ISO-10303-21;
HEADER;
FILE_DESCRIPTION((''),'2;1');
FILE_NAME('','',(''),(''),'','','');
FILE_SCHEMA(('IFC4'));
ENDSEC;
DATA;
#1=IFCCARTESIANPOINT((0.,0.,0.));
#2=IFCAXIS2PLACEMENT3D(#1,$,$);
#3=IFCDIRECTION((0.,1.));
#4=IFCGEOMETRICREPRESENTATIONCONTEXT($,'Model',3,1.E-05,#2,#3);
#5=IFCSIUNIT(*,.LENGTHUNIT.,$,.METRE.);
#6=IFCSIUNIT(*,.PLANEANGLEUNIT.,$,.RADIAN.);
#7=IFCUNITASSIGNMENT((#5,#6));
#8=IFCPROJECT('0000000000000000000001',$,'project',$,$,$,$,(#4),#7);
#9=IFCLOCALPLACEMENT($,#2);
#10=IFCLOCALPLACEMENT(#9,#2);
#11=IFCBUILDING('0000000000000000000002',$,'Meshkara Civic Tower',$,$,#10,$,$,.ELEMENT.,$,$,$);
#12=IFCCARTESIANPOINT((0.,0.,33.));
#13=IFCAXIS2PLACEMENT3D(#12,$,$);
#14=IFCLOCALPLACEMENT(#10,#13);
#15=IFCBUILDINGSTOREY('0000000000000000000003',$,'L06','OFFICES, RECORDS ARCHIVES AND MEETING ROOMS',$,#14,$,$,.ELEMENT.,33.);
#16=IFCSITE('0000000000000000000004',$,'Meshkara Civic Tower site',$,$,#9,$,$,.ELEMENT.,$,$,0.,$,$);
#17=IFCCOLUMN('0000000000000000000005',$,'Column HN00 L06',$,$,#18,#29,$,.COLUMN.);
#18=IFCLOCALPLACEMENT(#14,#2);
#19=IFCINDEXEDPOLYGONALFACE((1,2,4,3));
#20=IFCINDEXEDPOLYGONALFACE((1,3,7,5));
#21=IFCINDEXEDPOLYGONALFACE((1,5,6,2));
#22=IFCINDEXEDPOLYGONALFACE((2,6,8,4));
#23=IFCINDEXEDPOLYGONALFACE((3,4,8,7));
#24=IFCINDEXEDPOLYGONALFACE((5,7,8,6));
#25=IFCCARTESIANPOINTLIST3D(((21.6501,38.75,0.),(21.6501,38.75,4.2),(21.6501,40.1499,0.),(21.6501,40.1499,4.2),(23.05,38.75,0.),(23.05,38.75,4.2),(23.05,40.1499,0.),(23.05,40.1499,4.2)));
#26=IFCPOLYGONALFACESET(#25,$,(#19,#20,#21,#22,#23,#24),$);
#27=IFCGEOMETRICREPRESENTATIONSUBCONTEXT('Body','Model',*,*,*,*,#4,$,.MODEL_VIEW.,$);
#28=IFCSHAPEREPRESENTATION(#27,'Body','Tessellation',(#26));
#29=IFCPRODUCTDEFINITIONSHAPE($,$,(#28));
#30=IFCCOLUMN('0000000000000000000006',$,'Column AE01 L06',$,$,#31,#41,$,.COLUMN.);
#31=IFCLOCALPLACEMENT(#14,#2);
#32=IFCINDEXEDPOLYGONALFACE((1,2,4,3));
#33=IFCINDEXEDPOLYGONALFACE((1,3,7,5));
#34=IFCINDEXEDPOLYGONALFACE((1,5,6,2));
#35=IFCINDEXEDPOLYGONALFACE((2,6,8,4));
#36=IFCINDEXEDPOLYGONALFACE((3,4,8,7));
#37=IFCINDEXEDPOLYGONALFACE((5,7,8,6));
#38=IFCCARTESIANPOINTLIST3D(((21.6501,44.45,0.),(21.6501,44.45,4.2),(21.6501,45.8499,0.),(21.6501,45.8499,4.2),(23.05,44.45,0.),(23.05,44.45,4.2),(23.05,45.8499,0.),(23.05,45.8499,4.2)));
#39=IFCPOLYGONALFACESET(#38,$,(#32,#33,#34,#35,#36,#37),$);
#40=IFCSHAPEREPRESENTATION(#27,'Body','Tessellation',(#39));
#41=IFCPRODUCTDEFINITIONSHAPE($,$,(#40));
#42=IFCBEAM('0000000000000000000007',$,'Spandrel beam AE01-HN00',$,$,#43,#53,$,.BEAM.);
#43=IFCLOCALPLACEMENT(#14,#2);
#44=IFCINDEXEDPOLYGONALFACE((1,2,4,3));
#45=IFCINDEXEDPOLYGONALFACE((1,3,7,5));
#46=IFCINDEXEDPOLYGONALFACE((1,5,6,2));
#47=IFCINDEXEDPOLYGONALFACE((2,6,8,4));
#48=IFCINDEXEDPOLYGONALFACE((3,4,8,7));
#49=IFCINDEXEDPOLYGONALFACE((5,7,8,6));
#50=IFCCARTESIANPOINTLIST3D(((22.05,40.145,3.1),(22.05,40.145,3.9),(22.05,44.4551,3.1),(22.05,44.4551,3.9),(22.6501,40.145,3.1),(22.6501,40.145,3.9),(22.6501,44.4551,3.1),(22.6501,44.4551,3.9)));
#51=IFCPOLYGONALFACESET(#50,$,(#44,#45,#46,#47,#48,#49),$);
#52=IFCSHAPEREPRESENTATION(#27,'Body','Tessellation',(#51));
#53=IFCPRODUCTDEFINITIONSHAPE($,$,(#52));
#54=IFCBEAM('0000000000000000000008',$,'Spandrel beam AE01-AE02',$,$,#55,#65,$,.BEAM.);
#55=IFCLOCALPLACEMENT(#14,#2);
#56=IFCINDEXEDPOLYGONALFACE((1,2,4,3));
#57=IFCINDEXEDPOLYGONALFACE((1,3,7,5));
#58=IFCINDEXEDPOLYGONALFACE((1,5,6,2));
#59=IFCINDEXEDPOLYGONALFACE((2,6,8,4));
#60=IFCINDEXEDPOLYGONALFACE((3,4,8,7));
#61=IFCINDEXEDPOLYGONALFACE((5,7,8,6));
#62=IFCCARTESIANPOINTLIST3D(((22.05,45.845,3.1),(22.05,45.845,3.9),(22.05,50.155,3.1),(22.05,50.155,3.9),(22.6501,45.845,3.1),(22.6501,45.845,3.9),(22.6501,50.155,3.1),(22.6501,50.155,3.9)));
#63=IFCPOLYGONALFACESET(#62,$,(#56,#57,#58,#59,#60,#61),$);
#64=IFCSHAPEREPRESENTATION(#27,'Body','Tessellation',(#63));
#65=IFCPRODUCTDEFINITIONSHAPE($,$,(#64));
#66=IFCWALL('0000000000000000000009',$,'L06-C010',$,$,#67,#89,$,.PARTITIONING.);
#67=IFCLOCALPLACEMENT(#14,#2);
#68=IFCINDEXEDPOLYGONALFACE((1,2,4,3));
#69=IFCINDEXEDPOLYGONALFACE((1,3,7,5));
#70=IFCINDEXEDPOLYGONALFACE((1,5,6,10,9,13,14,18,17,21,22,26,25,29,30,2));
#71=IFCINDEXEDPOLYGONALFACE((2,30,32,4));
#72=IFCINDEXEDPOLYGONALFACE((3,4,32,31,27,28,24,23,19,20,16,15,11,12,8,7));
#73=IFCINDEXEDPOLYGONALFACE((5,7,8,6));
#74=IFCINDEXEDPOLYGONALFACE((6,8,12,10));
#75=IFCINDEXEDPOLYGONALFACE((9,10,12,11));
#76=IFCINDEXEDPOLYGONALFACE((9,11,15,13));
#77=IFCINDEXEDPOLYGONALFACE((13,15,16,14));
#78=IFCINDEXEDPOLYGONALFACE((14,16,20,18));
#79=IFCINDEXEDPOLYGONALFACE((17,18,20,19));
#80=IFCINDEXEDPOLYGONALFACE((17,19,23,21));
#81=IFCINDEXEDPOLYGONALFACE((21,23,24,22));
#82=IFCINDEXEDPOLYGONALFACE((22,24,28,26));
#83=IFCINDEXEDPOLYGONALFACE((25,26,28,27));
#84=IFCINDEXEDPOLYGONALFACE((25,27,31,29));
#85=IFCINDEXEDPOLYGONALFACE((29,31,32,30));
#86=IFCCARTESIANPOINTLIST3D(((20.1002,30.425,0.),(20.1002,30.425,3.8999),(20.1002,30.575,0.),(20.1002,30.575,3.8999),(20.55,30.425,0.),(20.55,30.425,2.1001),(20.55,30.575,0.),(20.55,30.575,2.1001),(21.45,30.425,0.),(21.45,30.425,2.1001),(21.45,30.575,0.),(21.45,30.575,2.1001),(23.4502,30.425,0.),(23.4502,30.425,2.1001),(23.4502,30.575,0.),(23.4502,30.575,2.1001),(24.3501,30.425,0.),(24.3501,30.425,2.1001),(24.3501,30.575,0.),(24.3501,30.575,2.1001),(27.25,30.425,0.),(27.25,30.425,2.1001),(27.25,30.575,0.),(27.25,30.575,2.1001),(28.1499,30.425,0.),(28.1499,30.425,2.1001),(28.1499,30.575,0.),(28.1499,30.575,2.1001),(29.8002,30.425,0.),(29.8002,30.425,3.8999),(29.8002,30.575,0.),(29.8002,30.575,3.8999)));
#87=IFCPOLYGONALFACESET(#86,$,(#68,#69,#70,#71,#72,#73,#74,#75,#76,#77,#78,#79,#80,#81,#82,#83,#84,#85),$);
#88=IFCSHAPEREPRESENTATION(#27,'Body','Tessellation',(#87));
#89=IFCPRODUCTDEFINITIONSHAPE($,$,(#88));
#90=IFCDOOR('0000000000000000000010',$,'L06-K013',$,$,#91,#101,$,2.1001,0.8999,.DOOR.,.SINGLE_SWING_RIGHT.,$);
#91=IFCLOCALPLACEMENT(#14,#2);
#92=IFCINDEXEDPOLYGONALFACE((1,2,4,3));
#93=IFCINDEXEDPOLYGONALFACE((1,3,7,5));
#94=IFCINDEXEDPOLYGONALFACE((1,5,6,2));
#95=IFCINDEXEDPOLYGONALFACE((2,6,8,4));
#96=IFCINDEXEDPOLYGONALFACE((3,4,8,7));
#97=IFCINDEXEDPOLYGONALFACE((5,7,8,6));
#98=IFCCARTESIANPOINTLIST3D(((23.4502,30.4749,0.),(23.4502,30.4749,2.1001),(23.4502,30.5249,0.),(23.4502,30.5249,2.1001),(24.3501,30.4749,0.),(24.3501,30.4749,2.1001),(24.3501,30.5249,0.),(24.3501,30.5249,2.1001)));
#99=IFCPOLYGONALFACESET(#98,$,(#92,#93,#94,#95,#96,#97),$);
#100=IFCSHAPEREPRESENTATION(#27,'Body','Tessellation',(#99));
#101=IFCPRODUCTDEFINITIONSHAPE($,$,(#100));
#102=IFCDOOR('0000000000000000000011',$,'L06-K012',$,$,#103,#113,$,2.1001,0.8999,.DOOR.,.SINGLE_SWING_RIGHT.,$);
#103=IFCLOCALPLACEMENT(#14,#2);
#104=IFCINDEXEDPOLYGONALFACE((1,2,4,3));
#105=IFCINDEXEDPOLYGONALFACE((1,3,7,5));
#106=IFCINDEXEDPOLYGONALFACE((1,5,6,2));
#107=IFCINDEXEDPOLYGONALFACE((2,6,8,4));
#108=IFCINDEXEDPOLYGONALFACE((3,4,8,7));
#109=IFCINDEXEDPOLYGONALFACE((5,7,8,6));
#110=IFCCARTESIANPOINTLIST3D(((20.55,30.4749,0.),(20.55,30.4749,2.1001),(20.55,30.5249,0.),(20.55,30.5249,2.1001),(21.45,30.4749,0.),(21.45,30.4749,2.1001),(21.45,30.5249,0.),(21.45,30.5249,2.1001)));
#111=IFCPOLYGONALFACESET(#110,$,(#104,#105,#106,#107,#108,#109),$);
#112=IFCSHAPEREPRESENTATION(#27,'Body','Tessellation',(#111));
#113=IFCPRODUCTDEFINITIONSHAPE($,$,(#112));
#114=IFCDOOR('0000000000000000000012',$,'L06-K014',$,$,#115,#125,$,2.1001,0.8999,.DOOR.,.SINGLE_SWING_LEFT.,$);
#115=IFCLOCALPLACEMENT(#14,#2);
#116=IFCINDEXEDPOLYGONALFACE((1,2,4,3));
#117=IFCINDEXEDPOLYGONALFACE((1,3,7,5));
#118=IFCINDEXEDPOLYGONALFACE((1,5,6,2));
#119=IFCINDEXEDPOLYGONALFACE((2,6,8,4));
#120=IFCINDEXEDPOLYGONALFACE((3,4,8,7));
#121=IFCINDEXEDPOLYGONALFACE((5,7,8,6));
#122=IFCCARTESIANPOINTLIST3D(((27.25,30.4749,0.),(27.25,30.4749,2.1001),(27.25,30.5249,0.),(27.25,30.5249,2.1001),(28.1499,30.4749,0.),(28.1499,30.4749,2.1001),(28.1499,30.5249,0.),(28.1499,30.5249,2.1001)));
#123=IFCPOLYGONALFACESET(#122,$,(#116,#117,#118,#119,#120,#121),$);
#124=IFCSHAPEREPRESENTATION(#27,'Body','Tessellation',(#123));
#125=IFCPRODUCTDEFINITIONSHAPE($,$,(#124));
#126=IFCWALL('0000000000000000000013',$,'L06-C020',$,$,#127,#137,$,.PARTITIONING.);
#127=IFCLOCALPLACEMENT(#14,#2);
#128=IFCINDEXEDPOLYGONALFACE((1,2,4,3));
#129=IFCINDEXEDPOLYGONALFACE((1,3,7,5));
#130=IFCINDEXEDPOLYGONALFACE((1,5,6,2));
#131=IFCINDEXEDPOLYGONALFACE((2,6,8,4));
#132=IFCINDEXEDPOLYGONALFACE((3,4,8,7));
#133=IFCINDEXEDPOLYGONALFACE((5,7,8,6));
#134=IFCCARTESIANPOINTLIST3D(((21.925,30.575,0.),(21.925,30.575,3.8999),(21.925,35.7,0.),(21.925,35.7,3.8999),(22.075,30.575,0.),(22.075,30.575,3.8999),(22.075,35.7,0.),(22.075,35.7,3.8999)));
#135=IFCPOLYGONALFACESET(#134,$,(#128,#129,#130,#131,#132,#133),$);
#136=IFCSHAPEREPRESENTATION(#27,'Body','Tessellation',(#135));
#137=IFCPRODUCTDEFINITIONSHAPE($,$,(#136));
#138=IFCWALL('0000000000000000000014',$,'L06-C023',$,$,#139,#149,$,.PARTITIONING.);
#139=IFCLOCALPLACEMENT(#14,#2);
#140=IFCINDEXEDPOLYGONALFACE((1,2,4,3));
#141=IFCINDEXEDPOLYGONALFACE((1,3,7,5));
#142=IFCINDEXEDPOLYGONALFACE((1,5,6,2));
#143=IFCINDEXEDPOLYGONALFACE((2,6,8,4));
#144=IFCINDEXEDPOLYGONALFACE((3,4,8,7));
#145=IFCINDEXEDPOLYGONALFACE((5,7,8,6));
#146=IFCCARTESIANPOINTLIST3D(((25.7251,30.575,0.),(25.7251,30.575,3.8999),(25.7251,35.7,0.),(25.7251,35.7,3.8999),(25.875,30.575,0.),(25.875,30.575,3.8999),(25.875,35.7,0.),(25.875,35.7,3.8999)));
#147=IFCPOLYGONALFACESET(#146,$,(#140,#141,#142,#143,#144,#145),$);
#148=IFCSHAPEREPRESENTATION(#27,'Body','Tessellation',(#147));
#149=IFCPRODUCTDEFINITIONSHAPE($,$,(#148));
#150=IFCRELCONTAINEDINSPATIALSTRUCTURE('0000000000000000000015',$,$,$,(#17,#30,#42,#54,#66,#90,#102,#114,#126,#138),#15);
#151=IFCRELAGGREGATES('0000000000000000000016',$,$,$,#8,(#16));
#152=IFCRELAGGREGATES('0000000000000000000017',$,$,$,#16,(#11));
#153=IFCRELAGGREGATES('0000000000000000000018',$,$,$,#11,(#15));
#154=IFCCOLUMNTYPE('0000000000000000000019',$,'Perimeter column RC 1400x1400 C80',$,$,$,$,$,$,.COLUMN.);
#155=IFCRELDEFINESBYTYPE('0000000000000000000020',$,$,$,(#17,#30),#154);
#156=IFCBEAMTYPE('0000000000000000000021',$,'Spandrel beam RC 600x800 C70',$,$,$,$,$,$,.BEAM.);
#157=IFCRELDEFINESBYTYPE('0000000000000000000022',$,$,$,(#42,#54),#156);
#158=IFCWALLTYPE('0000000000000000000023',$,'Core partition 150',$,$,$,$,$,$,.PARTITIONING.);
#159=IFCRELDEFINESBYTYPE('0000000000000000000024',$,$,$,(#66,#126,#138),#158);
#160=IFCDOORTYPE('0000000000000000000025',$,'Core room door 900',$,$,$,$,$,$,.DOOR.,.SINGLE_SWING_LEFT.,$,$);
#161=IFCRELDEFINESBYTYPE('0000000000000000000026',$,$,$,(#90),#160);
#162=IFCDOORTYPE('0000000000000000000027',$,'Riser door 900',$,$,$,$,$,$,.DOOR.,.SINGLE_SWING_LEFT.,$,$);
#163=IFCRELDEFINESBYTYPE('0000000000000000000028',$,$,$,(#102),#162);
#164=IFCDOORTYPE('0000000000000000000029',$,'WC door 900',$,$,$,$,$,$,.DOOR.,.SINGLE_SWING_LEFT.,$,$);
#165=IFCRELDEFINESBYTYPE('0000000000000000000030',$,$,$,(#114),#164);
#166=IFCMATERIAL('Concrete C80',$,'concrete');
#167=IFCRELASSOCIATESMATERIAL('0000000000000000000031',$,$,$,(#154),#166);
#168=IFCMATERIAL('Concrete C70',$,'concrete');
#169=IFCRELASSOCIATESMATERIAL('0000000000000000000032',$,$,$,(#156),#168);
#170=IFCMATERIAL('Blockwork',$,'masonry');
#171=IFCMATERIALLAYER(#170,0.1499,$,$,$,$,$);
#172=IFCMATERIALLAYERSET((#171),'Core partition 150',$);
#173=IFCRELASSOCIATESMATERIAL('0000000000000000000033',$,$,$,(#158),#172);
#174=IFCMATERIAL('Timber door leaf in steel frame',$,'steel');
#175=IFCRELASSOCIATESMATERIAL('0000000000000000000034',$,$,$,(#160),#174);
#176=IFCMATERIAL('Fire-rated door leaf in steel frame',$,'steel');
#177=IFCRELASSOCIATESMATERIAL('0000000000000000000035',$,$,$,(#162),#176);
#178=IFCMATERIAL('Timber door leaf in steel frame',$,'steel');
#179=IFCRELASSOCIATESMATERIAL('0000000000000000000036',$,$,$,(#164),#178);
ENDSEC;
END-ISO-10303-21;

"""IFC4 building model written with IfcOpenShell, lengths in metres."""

from ifc_helpers import new_model, si_unit, direction, frame, frame_2d, origin, origin_2d, place, context, subcontext, project, spatial, rectangle, extrude, material, layer, layer_set, material_profile, profile_set, type_object, element, fill, save


model = new_model("IFC4")

# Units and contexts
model_context = context("Model", 3, precision=1e-05, world=origin(), true_north=direction((0.0, 1.0)))
body_context = subcontext(model_context, "Body", "Model", "MODEL_VIEW")
ifc_project = project(units=[si_unit("LENGTHUNIT", "METRE"), si_unit("PLANEANGLEUNIT", "RADIAN")], contexts=[model_context])

# Site, building, storey
site_placement = place(None, origin())
site = spatial("IfcSite", under=ifc_project, at=site_placement, Name="Meshkara Civic Tower site", CompositionType="ELEMENT", RefElevation=0.0)
building_placement = place(site_placement, origin())
building = spatial("IfcBuilding", under=site, at=building_placement, Name="Meshkara Civic Tower", CompositionType="ELEMENT")
storey_placement = place(building_placement, frame((0.0, 0.0, 33.0)))
storey = spatial("IfcBuildingStorey", under=building, at=storey_placement, Name="L06", Description="OFFICES, RECORDS ARCHIVES AND MEETING ROOMS", CompositionType="ELEMENT", Elevation=33.0)

# Columns
ifc_material_1 = material(Name="Concrete C80", Category="concrete")
ifc_material_profile_1 = material_profile(ifc_material_1, rectangle(XDim=1.3999, YDim=1.3999, at=origin_2d()))
ifc_profile_set_1 = profile_set([ifc_material_profile_1], Name="Concrete C80")
column_type = type_object("IfcColumnType", Name="Perimeter column RC 1400x1400 C80", PredefinedType="COLUMN", material=ifc_profile_set_1)
for number, where, z_axis, x_axis, name in (
    (1, (22.3501, 39.45, 0.0), (0.0, 0.0, 1.0), (1.0, 0.0, 0.0), "Column HN00 L06"),
    (2, (22.3501, 45.1499, 0.0), (0.0, 0.0, 1.0), (1.0, 0.0, 0.0), "Column AE01 L06"),
):
    element("IfcColumn", number, at=place(storey_placement, frame(where, z_axis=z_axis, x_axis=x_axis)), inside=storey, type_object=column_type, Name=name, PredefinedType="COLUMN", context=body_context, shape_type="SweptSolid", body=[
        extrude(rectangle(XDim=1.3999, YDim=1.3999, at=origin_2d()), origin(), (0.0, 0.0, 1.0), 4.2),
    ])

# Beams
ifc_material_2 = material(Name="Concrete C70", Category="concrete")
ifc_material_profile_2 = material_profile(ifc_material_2, rectangle(XDim=0.6001, YDim=0.8, at=origin_2d()))
ifc_profile_set_2 = profile_set([ifc_material_profile_2], Name="Concrete C70")
beam_type = type_object("IfcBeamType", Name="Spandrel beam RC 600x800 C70", PredefinedType="BEAM", material=ifc_profile_set_2)
for number, where, z_axis, x_axis, name in (
    (3, (22.3501, 40.145, 3.5), (0.0, 1.0, 0.0), (-1.0, 0.0, 0.0), "Spandrel beam AE01-HN00"),
    (4, (22.3501, 45.845, 3.5), (0.0, 1.0, 0.0), (-1.0, 0.0, 0.0), "Spandrel beam AE01-AE02"),
):
    element("IfcBeam", number, at=place(storey_placement, frame(where, z_axis=z_axis, x_axis=x_axis)), inside=storey, type_object=beam_type, Name=name, PredefinedType="BEAM", context=body_context, shape_type="SweptSolid", body=[
        extrude(rectangle(XDim=0.6001, YDim=0.8, at=origin_2d()), origin(), (0.0, 0.0, 1.0), 4.3101),
    ])

# Wall, openings, doors
ifc_material_3 = material(Name="Blockwork", Category="masonry")
ifc_layer_1 = layer(ifc_material_3, 0.1499)
ifc_layer_set_1 = layer_set([ifc_layer_1], Name="Core partition 150")
wall_type_1 = type_object("IfcWallType", Name="Core partition 150", PredefinedType="PARTITIONING", material=ifc_layer_set_1)
wall_1_placement = place(storey_placement, frame((20.1001, 30.5, 0.0), z_axis=(0.0, 0.0, 1.0), x_axis=(1.0, 0.0, 0.0)))
wall_1 = element("IfcWall", 5, at=wall_1_placement, inside=storey, type_object=wall_type_1, Name="L06-C010", PredefinedType="PARTITIONING", context=body_context, shape_type="SweptSolid", body=[
    extrude(rectangle(XDim=9.7, YDim=0.1499, at=frame_2d((4.8501, 0.0))), origin(), (0.0, 0.0, 1.0), 3.8999),
])
opening_1_placement = place(wall_1_placement, frame((0.45, 0.0, 0.0)))
opening_1 = element("IfcOpeningElement", 6, at=opening_1_placement, cuts=wall_1, PredefinedType="OPENING", context=body_context, shape_type="SweptSolid", body=[
    extrude(rectangle(XDim=0.8999, YDim=2.1001, at=frame_2d((0.45, 1.05))), frame((0.0, 0.085, 0.0), z_axis=(0.0, -1.0, 0.0), x_axis=(1.0, 0.0, 0.0)), (0.0, 0.0, 1.0), 0.1699),
])
opening_2_placement = place(wall_1_placement, frame((3.3501, 0.0, 0.0)))
opening_2 = element("IfcOpeningElement", 7, at=opening_2_placement, cuts=wall_1, PredefinedType="OPENING", context=body_context, shape_type="SweptSolid", body=[
    extrude(rectangle(XDim=0.8999, YDim=2.1001, at=frame_2d((0.45, 1.05))), frame((0.0, 0.085, 0.0), z_axis=(0.0, -1.0, 0.0), x_axis=(1.0, 0.0, 0.0)), (0.0, 0.0, 1.0), 0.1699),
])
opening_3_placement = place(wall_1_placement, frame((7.1499, 0.0, 0.0)))
opening_3 = element("IfcOpeningElement", 8, at=opening_3_placement, cuts=wall_1, PredefinedType="OPENING", context=body_context, shape_type="SweptSolid", body=[
    extrude(rectangle(XDim=0.8999, YDim=2.1001, at=frame_2d((0.45, 1.05))), frame((0.0, 0.085, 0.0), z_axis=(0.0, -1.0, 0.0), x_axis=(1.0, 0.0, 0.0)), (0.0, 0.0, 1.0), 0.1699),
])
ifc_material_4 = material(Name="Timber door leaf in steel frame", Category="steel")
door_type_1 = type_object("IfcDoorType", Name="Core room door 900", OperationType="SINGLE_SWING_LEFT", PredefinedType="DOOR", material=ifc_material_4)
door_1_placement = place(opening_2_placement, origin())
door_1 = element("IfcDoor", 9, at=door_1_placement, inside=storey, type_object=door_type_1, Name="L06-K013", OperationType="SINGLE_SWING_RIGHT", OverallHeight=2.1001, OverallWidth=0.8999, PredefinedType="DOOR", context=body_context, shape_type="SweptSolid", body=[
    extrude(rectangle(XDim=0.8999, YDim=2.1001, at=frame_2d((0.45, 1.05))), frame((0.0, 0.0249, 0.0), z_axis=(0.0, -1.0, 0.0), x_axis=(1.0, 0.0, 0.0)), (0.0, 0.0, 1.0), 0.05),
])
fill(opening_2, door_1)
ifc_material_5 = material(Name="Fire-rated door leaf in steel frame", Category="steel")
door_type_2 = type_object("IfcDoorType", Name="Riser door 900", OperationType="SINGLE_SWING_LEFT", PredefinedType="DOOR", material=ifc_material_5)
door_2_placement = place(opening_1_placement, origin())
door_2 = element("IfcDoor", 10, at=door_2_placement, inside=storey, type_object=door_type_2, Name="L06-K012", OperationType="SINGLE_SWING_RIGHT", OverallHeight=2.1001, OverallWidth=0.8999, PredefinedType="DOOR", context=body_context, shape_type="SweptSolid", body=[
    extrude(rectangle(XDim=0.8999, YDim=2.1001, at=frame_2d((0.45, 1.05))), frame((0.0, 0.0249, 0.0), z_axis=(0.0, -1.0, 0.0), x_axis=(1.0, 0.0, 0.0)), (0.0, 0.0, 1.0), 0.05),
])
fill(opening_1, door_2)
ifc_material_6 = material(Name="Timber door leaf in steel frame", Category="steel")
door_type_3 = type_object("IfcDoorType", Name="WC door 900", OperationType="SINGLE_SWING_LEFT", PredefinedType="DOOR", material=ifc_material_6)
door_3_placement = place(opening_3_placement, origin())
door_3 = element("IfcDoor", 11, at=door_3_placement, inside=storey, type_object=door_type_3, Name="L06-K014", OperationType="SINGLE_SWING_LEFT", OverallHeight=2.1001, OverallWidth=0.8999, PredefinedType="DOOR", context=body_context, shape_type="SweptSolid", body=[
    extrude(rectangle(XDim=0.8999, YDim=2.1001, at=frame_2d((0.45, 1.05))), frame((0.0, 0.0249, 0.0), z_axis=(0.0, -1.0, 0.0), x_axis=(1.0, 0.0, 0.0)), (0.0, 0.0, 1.0), 0.05),
])
fill(opening_3, door_3)

# Walls
for number, where, z_axis, x_axis, name in (
    (12, (22.0, 30.575, 0.0), (0.0, 0.0, 1.0), (0.0, 1.0, 0.0), "L06-C020"),
    (13, (25.8, 30.575, 0.0), (0.0, 0.0, 1.0), (0.0, 1.0, 0.0), "L06-C023"),
):
    element("IfcWall", number, at=place(storey_placement, frame(where, z_axis=z_axis, x_axis=x_axis)), inside=storey, type_object=wall_type_1, Name=name, PredefinedType="PARTITIONING", context=body_context, shape_type="SweptSolid", body=[
        extrude(rectangle(XDim=5.125, YDim=0.1499, at=frame_2d((2.5625, 0.0))), origin(), (0.0, 0.0, 1.0), 3.8999),
    ])

save(model, "model.ifc")
